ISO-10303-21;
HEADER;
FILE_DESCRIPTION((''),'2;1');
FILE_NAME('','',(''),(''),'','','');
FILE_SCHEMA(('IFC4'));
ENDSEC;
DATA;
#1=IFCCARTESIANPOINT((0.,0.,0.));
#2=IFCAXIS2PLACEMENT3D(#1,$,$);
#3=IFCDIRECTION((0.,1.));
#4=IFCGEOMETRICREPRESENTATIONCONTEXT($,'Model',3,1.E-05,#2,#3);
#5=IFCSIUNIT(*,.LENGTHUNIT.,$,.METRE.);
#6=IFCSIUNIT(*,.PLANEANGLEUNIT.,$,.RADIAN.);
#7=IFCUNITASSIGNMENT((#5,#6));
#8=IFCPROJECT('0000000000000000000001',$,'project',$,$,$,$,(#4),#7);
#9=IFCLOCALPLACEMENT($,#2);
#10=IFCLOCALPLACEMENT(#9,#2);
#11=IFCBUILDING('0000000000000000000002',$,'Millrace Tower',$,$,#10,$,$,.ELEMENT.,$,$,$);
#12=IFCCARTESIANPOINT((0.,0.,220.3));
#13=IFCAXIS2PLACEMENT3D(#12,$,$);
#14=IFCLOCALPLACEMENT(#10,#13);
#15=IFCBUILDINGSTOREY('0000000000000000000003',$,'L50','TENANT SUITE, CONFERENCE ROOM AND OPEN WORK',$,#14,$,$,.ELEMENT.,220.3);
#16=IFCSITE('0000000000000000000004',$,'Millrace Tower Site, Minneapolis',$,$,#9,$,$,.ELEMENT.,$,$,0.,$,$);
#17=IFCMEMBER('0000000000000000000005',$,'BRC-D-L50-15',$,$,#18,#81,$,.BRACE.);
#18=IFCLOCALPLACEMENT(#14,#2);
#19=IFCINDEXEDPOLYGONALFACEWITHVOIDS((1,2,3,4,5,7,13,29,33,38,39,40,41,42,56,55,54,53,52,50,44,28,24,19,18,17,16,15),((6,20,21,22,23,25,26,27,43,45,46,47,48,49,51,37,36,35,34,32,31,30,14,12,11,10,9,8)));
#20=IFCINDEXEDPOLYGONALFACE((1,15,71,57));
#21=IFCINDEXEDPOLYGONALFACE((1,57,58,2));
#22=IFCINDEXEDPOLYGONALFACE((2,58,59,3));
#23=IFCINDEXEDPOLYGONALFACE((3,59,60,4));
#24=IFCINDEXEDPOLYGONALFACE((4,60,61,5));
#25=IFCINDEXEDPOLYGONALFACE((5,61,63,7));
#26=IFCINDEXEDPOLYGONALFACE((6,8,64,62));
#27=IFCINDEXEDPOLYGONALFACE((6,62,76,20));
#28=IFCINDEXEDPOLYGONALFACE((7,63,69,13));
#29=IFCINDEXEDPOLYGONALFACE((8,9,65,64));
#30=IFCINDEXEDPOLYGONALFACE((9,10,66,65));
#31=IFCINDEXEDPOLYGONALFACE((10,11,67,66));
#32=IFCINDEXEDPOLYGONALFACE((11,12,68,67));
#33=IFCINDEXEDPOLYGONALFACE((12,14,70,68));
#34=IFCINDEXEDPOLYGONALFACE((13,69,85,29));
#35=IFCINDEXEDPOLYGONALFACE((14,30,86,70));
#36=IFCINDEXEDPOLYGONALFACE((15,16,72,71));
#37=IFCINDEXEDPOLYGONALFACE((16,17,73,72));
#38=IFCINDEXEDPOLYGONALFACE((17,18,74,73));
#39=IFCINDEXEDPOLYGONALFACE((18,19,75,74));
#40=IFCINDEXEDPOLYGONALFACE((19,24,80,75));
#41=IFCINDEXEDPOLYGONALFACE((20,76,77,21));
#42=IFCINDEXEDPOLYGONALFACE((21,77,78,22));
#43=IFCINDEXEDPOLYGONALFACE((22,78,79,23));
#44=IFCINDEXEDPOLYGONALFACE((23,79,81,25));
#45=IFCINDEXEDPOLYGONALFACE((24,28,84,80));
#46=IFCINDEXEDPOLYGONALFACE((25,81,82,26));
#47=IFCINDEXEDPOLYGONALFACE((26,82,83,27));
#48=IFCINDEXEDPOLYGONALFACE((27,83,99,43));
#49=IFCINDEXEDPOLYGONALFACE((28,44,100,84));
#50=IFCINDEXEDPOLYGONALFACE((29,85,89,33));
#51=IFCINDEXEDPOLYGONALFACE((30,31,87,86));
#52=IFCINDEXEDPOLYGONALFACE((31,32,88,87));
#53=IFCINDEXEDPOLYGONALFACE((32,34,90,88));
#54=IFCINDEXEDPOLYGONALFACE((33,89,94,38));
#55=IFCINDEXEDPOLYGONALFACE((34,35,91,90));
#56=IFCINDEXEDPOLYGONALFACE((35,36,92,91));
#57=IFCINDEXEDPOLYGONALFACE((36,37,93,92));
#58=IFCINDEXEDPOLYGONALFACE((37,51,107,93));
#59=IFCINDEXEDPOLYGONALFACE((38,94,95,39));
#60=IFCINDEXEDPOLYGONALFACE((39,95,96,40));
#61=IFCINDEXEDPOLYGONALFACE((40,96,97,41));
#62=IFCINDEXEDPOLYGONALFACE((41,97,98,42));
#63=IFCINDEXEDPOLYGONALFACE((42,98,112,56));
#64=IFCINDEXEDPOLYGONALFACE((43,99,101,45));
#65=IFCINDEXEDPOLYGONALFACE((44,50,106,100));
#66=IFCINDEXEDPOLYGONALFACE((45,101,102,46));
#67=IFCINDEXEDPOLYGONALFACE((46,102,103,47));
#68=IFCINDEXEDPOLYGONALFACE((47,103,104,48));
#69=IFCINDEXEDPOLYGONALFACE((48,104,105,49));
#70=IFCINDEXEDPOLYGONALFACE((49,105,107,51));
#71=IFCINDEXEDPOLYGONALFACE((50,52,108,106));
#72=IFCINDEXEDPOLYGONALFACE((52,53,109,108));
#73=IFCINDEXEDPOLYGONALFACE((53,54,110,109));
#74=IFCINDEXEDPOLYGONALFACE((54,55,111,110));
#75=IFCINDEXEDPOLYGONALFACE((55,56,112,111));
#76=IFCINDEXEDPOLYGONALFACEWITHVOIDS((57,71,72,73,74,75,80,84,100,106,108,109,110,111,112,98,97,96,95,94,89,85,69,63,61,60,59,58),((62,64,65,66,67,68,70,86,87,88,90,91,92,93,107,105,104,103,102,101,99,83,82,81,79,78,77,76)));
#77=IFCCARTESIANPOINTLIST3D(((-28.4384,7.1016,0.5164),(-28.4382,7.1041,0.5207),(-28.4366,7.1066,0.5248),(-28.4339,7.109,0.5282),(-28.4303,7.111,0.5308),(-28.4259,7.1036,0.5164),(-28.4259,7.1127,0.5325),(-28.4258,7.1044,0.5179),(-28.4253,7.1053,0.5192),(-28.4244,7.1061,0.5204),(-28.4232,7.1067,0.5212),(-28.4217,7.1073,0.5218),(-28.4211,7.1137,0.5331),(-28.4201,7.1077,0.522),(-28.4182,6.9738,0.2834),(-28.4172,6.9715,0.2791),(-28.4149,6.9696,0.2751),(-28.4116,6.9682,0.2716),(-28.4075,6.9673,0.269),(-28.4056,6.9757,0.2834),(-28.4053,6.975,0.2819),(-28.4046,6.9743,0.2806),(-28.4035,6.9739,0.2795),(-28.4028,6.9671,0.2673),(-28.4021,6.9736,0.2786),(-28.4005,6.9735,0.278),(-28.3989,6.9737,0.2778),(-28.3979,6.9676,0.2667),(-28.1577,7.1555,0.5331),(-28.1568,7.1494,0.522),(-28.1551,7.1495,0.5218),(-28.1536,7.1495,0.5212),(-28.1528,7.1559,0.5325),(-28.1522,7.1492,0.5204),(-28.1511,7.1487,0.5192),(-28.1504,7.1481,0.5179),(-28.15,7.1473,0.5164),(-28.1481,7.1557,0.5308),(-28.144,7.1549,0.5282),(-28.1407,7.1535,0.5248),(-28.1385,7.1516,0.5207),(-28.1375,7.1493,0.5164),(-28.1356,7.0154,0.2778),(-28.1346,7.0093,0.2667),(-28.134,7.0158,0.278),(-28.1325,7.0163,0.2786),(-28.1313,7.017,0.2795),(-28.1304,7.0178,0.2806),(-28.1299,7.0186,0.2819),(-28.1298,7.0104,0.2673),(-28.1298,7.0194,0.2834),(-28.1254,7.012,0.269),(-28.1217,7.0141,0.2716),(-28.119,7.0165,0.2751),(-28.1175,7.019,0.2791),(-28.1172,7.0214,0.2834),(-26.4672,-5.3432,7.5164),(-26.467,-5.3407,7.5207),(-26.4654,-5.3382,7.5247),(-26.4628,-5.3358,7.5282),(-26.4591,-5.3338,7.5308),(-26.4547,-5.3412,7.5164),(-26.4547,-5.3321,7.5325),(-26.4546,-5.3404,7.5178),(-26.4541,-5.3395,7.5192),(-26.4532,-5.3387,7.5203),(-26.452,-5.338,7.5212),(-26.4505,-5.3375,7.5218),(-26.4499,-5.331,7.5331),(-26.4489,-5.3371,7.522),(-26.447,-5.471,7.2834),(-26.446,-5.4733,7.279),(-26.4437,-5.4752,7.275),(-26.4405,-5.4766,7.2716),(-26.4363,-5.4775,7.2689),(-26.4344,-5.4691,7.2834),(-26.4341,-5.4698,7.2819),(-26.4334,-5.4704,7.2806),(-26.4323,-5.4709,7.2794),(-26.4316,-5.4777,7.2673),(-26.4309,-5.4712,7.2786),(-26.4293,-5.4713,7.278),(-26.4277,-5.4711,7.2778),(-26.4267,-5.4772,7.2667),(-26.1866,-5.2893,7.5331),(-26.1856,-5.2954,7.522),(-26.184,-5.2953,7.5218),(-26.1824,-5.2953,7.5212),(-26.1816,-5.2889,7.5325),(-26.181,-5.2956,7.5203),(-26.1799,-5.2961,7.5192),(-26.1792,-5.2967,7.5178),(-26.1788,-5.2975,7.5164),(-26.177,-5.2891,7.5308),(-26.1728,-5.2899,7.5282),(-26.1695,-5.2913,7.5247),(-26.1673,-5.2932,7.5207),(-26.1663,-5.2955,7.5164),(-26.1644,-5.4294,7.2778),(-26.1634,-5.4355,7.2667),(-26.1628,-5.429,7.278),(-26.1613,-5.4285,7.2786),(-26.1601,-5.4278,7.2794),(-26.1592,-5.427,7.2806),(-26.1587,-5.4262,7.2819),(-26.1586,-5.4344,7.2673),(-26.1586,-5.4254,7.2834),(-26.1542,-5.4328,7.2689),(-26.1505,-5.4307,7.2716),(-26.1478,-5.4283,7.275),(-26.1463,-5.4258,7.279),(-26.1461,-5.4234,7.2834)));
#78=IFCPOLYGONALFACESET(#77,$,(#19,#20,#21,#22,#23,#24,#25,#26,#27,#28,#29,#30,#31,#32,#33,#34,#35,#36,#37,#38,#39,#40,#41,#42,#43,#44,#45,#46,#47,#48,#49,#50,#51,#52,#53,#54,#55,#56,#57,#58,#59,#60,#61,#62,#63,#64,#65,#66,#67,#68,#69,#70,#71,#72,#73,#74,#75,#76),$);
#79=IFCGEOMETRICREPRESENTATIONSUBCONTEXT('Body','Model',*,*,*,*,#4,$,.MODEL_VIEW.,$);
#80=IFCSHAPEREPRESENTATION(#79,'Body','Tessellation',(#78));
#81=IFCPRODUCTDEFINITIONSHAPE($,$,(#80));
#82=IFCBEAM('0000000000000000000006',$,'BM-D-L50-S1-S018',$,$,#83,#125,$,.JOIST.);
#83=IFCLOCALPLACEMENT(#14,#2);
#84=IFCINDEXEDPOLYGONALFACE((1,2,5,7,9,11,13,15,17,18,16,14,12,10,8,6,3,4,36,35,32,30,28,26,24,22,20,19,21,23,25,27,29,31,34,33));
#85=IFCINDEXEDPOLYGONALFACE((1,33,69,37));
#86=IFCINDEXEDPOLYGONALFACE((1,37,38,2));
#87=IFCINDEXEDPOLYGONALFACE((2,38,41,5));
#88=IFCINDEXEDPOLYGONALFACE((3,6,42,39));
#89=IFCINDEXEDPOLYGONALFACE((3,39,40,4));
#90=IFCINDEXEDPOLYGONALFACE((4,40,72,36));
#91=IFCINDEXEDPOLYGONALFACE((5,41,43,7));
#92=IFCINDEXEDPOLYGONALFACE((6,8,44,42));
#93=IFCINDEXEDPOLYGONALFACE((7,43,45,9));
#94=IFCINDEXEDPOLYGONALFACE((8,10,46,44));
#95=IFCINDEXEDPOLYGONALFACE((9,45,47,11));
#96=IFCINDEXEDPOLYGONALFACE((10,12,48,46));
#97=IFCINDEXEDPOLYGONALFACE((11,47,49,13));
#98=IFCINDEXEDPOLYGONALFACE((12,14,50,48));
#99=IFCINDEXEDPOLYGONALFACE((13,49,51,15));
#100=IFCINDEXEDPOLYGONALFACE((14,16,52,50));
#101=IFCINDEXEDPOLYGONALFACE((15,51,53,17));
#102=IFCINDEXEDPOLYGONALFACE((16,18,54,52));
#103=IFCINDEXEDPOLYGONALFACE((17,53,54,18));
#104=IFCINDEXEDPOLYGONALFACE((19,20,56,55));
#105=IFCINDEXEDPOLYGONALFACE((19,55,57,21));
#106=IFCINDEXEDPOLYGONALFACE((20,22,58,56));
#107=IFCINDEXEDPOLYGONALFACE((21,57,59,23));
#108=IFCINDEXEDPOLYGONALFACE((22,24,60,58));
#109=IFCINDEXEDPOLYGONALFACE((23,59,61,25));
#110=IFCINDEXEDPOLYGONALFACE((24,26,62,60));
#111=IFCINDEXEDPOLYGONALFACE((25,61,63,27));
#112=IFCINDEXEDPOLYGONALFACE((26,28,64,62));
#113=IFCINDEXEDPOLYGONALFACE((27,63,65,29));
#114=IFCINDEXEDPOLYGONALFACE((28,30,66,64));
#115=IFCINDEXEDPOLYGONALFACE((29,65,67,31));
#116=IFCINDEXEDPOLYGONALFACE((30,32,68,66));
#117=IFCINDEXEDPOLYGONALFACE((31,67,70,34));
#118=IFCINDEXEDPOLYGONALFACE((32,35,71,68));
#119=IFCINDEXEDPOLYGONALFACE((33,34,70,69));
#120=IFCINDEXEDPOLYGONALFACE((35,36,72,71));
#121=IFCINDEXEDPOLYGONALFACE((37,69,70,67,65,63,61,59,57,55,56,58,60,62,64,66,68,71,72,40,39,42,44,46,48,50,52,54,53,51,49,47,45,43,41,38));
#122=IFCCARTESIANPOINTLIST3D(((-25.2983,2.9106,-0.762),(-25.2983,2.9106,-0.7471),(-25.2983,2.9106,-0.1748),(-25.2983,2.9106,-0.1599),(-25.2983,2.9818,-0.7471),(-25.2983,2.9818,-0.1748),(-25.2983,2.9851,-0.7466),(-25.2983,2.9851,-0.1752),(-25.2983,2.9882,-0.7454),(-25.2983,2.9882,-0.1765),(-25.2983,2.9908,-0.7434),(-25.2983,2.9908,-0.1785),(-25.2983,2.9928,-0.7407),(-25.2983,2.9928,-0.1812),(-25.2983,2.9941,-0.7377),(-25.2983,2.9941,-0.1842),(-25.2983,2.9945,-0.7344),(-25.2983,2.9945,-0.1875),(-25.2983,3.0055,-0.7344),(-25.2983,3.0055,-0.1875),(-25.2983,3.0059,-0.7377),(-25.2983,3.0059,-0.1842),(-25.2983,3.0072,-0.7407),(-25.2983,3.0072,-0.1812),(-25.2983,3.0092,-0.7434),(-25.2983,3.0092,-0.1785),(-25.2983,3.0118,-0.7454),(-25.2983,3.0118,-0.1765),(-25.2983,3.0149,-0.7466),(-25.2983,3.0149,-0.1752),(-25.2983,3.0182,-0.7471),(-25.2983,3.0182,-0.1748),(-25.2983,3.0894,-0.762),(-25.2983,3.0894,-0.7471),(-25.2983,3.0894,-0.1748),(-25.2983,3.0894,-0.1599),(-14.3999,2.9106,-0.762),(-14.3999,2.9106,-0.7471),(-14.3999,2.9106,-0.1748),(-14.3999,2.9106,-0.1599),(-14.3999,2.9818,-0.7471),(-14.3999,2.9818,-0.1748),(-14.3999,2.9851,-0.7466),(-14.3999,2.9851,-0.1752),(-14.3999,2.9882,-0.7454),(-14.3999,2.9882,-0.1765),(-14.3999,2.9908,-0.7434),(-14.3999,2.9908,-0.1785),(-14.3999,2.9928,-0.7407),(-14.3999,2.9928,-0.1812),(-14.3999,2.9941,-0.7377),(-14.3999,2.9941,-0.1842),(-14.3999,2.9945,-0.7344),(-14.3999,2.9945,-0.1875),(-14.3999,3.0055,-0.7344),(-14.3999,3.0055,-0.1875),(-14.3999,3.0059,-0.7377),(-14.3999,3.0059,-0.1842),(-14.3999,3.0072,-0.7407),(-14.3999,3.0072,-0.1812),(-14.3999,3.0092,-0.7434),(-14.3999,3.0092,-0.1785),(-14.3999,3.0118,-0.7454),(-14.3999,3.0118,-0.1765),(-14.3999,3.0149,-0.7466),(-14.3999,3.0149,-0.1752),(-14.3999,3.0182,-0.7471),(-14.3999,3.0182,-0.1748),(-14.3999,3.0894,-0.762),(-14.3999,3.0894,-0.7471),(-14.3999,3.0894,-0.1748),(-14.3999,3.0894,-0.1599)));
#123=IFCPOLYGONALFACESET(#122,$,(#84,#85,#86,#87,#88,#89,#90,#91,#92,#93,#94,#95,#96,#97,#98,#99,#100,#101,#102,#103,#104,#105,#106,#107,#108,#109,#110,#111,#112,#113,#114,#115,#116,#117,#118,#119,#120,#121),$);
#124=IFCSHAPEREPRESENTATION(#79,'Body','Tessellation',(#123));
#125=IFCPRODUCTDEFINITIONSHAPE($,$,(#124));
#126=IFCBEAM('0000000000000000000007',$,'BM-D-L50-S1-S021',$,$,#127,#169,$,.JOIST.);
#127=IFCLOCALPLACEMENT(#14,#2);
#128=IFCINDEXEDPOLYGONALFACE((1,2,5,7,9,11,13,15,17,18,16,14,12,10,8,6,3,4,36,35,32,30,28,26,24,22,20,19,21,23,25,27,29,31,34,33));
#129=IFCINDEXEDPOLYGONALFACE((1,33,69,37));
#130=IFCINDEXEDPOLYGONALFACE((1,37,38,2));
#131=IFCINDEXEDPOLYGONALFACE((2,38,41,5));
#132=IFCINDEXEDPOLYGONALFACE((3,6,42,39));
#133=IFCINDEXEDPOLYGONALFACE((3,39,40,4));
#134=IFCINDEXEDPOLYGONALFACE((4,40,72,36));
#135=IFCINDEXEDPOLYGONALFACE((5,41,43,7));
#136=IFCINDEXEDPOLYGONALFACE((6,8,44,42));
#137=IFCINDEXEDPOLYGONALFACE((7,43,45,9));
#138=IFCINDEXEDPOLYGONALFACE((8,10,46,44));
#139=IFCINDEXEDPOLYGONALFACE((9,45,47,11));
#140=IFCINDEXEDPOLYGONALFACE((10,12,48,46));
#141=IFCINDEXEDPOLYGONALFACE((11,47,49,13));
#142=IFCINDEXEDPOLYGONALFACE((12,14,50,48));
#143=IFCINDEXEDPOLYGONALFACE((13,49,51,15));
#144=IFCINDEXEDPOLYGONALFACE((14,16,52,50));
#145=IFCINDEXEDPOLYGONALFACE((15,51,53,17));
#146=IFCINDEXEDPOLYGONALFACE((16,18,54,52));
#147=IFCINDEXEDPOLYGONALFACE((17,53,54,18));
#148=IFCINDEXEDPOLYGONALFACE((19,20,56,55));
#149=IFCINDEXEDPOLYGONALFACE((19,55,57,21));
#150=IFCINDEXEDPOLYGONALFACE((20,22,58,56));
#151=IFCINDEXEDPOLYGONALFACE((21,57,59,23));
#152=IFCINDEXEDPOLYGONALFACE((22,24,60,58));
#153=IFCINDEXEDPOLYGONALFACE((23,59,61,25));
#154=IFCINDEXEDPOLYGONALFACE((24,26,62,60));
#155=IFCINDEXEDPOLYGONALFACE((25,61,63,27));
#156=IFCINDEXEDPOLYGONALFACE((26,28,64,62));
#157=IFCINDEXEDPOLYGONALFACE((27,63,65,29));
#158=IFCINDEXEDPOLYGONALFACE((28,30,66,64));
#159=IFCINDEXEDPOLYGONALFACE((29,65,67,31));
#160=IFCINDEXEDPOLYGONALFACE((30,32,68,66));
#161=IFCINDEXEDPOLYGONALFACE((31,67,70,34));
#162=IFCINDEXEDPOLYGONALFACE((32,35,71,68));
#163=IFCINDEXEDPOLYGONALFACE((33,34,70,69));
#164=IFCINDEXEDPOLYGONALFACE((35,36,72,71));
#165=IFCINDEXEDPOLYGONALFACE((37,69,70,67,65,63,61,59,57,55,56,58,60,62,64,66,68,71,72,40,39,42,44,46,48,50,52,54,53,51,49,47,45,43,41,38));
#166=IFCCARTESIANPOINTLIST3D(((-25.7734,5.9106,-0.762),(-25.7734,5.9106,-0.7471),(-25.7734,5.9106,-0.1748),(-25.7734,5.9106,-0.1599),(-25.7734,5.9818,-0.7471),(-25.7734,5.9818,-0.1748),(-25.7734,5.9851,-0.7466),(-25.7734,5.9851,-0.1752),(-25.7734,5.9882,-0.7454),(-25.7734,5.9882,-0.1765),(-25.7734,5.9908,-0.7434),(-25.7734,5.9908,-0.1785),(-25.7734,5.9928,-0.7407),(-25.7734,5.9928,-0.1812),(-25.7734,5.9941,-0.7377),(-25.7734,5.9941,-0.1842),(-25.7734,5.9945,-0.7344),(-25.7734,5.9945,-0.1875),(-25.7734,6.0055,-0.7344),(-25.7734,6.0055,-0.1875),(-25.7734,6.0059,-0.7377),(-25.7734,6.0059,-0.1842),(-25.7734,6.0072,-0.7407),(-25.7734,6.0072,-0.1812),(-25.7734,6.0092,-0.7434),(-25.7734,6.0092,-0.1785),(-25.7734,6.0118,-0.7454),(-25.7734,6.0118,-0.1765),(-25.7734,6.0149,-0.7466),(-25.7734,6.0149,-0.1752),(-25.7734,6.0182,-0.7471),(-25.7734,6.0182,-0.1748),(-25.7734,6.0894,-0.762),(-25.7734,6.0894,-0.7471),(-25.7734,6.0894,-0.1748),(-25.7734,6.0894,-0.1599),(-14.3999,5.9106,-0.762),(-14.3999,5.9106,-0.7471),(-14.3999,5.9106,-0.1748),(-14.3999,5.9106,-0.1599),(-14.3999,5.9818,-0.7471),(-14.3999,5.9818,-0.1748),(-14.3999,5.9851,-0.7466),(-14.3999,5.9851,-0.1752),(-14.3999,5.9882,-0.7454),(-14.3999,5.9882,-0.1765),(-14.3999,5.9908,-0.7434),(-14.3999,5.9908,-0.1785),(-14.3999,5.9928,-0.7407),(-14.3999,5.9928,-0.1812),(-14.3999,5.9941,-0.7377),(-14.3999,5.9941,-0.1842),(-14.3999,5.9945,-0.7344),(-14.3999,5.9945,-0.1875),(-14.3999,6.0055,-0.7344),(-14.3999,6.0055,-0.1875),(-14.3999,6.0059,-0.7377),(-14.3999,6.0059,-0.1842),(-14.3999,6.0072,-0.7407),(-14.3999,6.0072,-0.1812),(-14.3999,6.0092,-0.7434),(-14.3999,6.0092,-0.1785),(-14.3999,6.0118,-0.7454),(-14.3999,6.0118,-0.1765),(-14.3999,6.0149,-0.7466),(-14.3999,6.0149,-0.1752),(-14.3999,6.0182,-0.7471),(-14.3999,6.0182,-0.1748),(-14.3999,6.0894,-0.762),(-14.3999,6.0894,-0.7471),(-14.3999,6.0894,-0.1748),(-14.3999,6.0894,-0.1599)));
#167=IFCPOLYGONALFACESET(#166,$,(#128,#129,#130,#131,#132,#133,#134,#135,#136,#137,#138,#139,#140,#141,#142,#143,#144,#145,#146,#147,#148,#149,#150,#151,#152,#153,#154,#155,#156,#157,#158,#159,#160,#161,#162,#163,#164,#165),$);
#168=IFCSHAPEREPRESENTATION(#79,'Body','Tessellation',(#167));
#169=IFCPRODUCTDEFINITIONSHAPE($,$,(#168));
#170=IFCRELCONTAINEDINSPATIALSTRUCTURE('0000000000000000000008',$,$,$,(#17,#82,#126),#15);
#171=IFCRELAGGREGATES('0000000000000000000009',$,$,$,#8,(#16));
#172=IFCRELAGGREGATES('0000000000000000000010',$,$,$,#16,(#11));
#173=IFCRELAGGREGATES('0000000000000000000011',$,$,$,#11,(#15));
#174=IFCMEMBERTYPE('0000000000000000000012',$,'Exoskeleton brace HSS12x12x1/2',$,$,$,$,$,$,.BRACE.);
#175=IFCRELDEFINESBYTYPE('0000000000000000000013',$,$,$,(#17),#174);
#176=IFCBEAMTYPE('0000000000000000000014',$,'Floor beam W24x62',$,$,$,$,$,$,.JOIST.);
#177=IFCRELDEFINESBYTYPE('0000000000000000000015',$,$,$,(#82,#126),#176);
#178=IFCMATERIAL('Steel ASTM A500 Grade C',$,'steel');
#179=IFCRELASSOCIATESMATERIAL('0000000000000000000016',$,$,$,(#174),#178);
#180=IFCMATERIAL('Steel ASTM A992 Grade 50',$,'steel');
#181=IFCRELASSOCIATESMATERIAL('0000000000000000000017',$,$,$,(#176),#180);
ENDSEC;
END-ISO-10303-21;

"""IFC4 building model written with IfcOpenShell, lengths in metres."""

from ifc_helpers import new_model, si_unit, direction, frame, origin, origin_2d, place, context, subcontext, project, spatial, hollow_rectangle, i_section, extrude, material, material_profile, profile_set, type_object, element, save


model = new_model("IFC4")

# Units and contexts
model_context = context("Model", 3, precision=1e-05, world=origin(), true_north=direction((0.0, 1.0)))
body_context = subcontext(model_context, "Body", "Model", "MODEL_VIEW")
ifc_project = project(units=[si_unit("LENGTHUNIT", "METRE"), si_unit("PLANEANGLEUNIT", "RADIAN")], contexts=[model_context])

# Site, building, storey
site_placement = place(None, origin())
site = spatial("IfcSite", under=ifc_project, at=site_placement, Name="Millrace Tower Site, Minneapolis", CompositionType="ELEMENT", RefElevation=0.0)
building_placement = place(site_placement, origin())
building = spatial("IfcBuilding", under=site, at=building_placement, Name="Millrace Tower", CompositionType="ELEMENT")
storey_placement = place(building_placement, frame((0.0, 0.0, 220.3)))
storey = spatial("IfcBuildingStorey", under=building, at=storey_placement, Name="L50", Description="TENANT SUITE, CONFERENCE ROOM AND OPEN WORK", CompositionType="ELEMENT", Elevation=220.3)

# Member
ifc_material_1 = material(Name="Steel ASTM A500 Grade C", Category="steel")
ifc_material_profile_1 = material_profile(ifc_material_1, hollow_rectangle(XDim=0.3047, YDim=0.3047, WallThickness=0.0127, InnerFilletRadius=0.0063, OuterFilletRadius=0.019, at=origin_2d()))
ifc_profile_set_1 = profile_set([ifc_material_profile_1], Name="Steel ASTM A500 Grade C")
member_type_1 = type_object("IfcMemberType", Name="Exoskeleton brace HSS12x12x1/2", PredefinedType="BRACE", material=ifc_profile_set_1)
member_1_placement = place(storey_placement, frame((-28.2778, 7.0615, 0.3999), z_axis=(0.136757, -0.863393, 0.485644), x_axis=(0.987687, 0.156444, 0.0)))
element("IfcMember", 1, at=member_1_placement, inside=storey, type_object=member_type_1, Name="BRC-D-L50-15", PredefinedType="BRACE", context=body_context, shape_type="SweptSolid", body=[
    extrude(hollow_rectangle(XDim=0.3047, YDim=0.3047, WallThickness=0.0127, InnerFilletRadius=0.0063, OuterFilletRadius=0.019, at=origin_2d()), origin(), (0.0, 0.0, 1.0), 14.4138),
])

# Beams
ifc_material_2 = material(Name="Steel ASTM A992 Grade 50", Category="steel")
ifc_material_profile_2 = material_profile(ifc_material_2, i_section(OverallWidth=0.1787, OverallDepth=0.6021, WebThickness=0.011, FlangeThickness=0.0149, FilletRadius=0.0127, at=origin_2d()))
ifc_profile_set_2 = profile_set([ifc_material_profile_2], Name="Steel ASTM A992 Grade 50")
beam_type_1 = type_object("IfcBeamType", Name="Floor beam W24x62", PredefinedType="JOIST", material=ifc_profile_set_2)
beam_1_placement = place(storey_placement, frame((-25.2983, 3.0, -0.4609), z_axis=(1.0, 0.0, 0.0), x_axis=(0.0, 1.0, 0.0)))
element("IfcBeam", 2, at=beam_1_placement, inside=storey, type_object=beam_type_1, Name="BM-D-L50-S1-S018", PredefinedType="JOIST", context=body_context, shape_type="SweptSolid", body=[
    extrude(i_section(OverallWidth=0.1787, OverallDepth=0.6021, WebThickness=0.011, FlangeThickness=0.0149, FilletRadius=0.0127, at=origin_2d()), origin(), (0.0, 0.0, 1.0), 10.8984),
])
beam_2_placement = place(storey_placement, frame((-25.7734, 6.0, -0.4609), z_axis=(1.0, 0.0, 0.0), x_axis=(0.0, 1.0, 0.0)))
element("IfcBeam", 3, at=beam_2_placement, inside=storey, type_object=beam_type_1, Name="BM-D-L50-S1-S021", PredefinedType="JOIST", context=body_context, shape_type="SweptSolid", body=[
    extrude(i_section(OverallWidth=0.1787, OverallDepth=0.6021, WebThickness=0.011, FlangeThickness=0.0149, FilletRadius=0.0127, at=origin_2d()), origin(), (0.0, 0.0, 1.0), 11.3735),
])

save(model, "model.ifc")
